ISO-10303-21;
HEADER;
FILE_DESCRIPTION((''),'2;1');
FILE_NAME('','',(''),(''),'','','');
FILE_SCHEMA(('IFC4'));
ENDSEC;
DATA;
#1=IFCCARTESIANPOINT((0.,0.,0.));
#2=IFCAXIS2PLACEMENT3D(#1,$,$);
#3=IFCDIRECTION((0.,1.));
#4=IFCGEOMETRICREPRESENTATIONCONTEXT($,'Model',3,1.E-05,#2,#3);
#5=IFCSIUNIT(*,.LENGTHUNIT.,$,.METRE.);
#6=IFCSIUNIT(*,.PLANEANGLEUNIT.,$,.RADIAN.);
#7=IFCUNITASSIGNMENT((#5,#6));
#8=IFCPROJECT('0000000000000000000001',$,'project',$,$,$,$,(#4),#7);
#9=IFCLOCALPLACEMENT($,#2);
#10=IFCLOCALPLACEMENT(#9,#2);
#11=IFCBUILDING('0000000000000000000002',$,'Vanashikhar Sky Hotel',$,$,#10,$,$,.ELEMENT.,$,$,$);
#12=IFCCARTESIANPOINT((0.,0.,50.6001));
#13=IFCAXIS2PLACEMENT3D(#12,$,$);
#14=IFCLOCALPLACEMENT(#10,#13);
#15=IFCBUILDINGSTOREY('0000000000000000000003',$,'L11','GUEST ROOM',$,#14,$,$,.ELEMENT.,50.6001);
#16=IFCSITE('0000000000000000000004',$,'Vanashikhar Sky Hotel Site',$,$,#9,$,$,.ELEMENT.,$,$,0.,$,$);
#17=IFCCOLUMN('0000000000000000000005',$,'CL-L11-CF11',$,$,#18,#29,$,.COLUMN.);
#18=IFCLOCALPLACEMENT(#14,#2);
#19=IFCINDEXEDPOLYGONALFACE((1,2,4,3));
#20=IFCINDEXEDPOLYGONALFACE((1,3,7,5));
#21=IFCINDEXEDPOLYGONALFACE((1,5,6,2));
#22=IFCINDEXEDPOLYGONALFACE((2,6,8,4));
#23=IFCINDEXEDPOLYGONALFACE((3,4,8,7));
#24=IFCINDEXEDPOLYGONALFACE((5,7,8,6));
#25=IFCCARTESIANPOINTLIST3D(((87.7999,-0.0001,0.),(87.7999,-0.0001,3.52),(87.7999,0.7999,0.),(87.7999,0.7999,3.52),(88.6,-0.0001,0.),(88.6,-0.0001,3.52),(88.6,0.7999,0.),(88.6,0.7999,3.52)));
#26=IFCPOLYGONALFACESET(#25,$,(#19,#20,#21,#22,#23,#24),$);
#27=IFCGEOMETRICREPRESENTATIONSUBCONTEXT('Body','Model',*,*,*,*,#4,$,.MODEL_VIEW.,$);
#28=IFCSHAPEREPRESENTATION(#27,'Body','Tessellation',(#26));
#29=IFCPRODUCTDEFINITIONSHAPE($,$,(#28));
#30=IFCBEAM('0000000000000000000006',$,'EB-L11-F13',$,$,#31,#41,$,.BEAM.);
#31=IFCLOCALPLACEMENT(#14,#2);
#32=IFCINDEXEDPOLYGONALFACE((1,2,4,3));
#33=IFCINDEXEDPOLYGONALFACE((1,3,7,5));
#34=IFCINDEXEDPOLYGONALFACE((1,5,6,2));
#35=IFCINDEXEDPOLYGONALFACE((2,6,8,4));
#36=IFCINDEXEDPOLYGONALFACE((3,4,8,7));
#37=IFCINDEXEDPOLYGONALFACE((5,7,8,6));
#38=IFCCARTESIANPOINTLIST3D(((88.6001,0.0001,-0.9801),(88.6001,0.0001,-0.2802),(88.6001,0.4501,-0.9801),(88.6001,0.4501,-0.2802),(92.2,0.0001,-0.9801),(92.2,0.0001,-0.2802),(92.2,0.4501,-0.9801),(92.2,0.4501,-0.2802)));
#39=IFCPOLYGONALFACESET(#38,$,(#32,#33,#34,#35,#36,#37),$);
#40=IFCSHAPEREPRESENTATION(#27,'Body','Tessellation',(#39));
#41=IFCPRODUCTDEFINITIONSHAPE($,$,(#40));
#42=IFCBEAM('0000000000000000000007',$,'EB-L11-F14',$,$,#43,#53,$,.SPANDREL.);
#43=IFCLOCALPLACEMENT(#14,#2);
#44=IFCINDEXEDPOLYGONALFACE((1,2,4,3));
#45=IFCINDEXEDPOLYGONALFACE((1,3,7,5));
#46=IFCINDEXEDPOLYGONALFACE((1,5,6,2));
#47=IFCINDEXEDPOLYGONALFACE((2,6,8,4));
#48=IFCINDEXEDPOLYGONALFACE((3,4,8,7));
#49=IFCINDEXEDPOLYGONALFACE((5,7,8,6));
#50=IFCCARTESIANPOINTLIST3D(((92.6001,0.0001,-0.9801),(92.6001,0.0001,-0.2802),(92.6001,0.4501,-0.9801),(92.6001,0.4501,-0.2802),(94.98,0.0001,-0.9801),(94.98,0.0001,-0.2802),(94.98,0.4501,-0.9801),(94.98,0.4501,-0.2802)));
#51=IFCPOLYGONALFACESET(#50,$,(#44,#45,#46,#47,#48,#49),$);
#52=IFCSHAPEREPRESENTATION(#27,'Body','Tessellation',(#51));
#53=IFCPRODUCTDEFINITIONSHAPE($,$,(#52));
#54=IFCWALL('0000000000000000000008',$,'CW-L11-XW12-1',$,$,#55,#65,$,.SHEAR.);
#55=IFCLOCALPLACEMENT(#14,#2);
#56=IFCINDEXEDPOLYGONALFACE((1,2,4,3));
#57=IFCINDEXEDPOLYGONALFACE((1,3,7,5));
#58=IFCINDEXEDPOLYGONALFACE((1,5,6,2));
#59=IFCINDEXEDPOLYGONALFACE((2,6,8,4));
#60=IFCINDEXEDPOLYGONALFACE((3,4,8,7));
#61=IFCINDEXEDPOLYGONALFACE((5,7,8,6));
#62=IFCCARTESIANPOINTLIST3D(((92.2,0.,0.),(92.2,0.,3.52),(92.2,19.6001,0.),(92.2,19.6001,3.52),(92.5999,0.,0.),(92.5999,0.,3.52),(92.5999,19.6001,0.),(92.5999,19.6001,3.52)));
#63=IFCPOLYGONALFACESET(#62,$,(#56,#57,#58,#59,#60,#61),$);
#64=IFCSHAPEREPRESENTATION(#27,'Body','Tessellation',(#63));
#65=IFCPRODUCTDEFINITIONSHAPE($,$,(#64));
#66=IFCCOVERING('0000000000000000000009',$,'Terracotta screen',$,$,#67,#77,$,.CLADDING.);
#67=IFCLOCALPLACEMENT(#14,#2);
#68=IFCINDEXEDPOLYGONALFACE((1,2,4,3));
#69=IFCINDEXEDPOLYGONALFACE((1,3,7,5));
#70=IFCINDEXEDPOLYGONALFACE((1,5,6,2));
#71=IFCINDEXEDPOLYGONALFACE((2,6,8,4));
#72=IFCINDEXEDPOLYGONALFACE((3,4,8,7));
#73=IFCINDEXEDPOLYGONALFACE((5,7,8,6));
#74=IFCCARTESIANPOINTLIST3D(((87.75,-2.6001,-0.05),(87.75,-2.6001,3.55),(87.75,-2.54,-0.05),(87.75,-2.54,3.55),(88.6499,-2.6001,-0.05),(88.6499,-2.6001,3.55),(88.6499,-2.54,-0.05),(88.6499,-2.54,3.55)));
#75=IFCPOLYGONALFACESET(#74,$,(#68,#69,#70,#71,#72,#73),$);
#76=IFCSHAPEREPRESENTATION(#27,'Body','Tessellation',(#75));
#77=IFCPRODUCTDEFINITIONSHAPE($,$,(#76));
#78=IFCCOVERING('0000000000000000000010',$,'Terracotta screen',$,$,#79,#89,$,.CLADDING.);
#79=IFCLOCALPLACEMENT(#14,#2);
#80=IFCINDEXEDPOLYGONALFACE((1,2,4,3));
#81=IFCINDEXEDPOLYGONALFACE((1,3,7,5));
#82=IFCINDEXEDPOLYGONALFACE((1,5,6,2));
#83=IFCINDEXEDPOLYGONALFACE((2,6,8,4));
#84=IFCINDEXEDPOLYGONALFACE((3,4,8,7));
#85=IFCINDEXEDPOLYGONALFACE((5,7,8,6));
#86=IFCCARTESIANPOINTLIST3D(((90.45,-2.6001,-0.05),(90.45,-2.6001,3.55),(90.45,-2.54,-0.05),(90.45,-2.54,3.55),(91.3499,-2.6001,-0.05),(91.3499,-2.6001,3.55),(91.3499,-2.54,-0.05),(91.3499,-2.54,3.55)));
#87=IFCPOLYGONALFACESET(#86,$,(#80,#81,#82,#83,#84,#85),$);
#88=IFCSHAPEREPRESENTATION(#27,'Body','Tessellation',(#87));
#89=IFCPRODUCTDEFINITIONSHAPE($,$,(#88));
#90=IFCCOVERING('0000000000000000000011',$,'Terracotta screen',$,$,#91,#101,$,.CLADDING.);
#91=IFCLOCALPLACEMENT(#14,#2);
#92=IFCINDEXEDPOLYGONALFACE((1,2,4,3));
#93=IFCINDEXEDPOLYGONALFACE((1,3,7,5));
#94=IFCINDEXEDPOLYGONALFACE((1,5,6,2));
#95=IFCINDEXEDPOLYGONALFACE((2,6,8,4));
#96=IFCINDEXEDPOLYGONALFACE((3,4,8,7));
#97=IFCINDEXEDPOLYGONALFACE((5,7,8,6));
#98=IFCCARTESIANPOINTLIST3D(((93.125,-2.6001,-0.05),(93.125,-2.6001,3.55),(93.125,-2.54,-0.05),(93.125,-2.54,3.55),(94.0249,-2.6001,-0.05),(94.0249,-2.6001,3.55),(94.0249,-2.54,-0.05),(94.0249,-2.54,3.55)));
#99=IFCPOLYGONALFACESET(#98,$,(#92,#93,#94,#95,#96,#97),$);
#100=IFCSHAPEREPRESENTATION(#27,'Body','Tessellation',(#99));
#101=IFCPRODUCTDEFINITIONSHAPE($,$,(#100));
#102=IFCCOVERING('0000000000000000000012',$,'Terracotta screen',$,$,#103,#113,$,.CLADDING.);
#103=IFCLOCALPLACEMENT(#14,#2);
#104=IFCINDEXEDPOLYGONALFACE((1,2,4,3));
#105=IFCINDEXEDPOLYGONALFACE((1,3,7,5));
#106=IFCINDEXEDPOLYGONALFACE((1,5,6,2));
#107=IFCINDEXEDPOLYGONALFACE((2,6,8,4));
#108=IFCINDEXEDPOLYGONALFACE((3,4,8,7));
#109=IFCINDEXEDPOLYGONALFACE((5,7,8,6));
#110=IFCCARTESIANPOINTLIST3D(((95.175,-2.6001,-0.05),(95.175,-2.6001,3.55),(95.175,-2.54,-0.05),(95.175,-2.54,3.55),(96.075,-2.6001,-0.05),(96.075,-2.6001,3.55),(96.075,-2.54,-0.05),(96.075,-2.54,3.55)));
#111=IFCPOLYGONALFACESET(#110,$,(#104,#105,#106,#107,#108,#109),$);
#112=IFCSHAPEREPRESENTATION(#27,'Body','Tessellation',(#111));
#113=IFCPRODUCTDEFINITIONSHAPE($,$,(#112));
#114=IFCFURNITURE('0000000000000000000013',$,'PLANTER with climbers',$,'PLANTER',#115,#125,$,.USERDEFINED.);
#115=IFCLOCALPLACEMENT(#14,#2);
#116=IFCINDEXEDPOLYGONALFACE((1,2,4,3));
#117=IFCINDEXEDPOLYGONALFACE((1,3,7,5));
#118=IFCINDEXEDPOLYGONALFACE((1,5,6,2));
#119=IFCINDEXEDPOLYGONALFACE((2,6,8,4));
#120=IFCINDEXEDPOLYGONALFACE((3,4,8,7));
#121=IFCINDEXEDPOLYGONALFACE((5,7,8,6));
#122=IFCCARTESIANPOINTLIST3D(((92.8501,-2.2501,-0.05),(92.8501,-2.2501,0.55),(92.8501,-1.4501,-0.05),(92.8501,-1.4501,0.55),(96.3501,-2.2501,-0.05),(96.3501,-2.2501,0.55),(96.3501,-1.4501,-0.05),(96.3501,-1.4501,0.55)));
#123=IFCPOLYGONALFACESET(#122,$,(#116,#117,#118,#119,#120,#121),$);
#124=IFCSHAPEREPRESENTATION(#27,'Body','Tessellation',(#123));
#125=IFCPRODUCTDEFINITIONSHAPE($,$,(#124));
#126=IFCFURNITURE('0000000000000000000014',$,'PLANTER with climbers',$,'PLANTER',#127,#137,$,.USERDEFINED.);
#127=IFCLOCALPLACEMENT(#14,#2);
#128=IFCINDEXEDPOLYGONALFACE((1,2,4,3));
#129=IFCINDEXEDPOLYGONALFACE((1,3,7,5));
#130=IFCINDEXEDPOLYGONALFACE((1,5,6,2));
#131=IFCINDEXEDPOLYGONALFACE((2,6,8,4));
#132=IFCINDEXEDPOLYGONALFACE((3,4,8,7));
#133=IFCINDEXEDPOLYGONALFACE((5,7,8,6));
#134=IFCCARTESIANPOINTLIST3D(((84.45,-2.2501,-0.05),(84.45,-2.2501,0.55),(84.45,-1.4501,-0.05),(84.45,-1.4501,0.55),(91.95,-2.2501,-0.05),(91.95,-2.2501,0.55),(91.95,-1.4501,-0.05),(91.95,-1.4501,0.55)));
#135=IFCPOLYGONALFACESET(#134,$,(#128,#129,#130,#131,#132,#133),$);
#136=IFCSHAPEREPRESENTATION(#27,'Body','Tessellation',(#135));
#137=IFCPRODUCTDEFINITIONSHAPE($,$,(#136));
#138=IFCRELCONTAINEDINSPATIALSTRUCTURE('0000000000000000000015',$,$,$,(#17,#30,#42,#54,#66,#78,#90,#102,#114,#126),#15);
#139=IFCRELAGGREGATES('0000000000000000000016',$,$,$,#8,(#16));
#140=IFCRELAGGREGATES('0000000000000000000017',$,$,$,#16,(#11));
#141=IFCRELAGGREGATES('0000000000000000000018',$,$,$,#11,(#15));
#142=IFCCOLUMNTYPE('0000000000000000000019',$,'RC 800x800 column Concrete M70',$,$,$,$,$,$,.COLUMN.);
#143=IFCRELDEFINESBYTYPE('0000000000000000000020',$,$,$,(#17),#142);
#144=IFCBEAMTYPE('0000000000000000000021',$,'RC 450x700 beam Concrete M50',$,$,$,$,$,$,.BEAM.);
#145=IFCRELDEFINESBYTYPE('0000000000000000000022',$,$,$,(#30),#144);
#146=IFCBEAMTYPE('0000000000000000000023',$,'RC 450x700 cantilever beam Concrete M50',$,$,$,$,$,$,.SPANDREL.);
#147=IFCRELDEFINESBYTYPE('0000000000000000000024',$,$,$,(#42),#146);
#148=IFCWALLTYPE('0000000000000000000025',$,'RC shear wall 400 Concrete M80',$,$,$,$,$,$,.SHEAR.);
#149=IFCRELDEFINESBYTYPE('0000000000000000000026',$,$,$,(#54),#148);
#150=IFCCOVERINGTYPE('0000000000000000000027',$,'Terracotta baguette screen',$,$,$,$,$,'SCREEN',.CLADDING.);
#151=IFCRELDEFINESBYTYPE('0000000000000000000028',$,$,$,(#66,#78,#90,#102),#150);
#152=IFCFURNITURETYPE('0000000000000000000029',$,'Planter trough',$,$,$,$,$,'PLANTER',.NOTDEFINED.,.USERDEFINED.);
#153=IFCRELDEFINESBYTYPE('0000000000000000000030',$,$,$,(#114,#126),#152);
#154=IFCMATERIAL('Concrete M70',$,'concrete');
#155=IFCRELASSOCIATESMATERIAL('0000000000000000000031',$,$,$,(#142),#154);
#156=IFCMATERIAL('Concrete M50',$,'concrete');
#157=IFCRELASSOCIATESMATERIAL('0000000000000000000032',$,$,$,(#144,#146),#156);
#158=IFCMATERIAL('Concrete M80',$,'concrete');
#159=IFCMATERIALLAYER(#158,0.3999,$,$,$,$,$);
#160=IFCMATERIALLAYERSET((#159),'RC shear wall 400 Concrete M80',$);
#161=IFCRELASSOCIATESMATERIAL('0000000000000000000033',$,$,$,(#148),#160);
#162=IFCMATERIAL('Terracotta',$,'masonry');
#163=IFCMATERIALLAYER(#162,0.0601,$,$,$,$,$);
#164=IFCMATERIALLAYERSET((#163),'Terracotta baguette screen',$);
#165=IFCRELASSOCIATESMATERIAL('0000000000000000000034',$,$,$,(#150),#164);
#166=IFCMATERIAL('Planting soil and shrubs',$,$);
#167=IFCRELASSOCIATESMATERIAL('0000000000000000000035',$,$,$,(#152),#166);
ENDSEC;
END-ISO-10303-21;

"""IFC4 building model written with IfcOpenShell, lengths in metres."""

from ifc_helpers import new_model, si_unit, direction, frame, frame_2d, origin, origin_2d, place, context, subcontext, project, spatial, rectangle, extrude, source, transform, mapped, material, layer, layer_set, material_profile, profile_set, type_object, element, save


model = new_model("IFC4")

# Units and contexts
model_context = context("Model", 3, precision=1e-05, world=origin(), true_north=direction((0.0, 1.0)))
body_context = subcontext(model_context, "Body", "Model", "MODEL_VIEW")
ifc_project = project(units=[si_unit("LENGTHUNIT", "METRE"), si_unit("PLANEANGLEUNIT", "RADIAN")], contexts=[model_context])

# Site, building, storey
site_placement = place(None, origin())
site = spatial("IfcSite", under=ifc_project, at=site_placement, Name="Vanashikhar Sky Hotel Site", CompositionType="ELEMENT", RefElevation=0.0)
building_placement = place(site_placement, origin())
building = spatial("IfcBuilding", under=site, at=building_placement, Name="Vanashikhar Sky Hotel", CompositionType="ELEMENT")
storey_placement = place(building_placement, frame((0.0, 0.0, 50.6001)))
storey = spatial("IfcBuildingStorey", under=building, at=storey_placement, Name="L11", Description="GUEST ROOM", CompositionType="ELEMENT", Elevation=50.6001)

# Column
ifc_material_1 = material(Name="Concrete M70", Category="concrete")
ifc_material_profile_1 = material_profile(ifc_material_1, rectangle(XDim=0.8, YDim=0.8, at=origin_2d()))
ifc_profile_set_1 = profile_set([ifc_material_profile_1], Name="RC 800x800 column Concrete M70")
column_type = type_object("IfcColumnType", Name="RC 800x800 column Concrete M70", PredefinedType="COLUMN", material=ifc_profile_set_1)
shared_shape_1 = source(origin(), body_context, "Body", "SweptSolid", [
    extrude(rectangle(XDim=0.8, YDim=0.8, at=origin_2d()), origin(), (0.0, 0.0, 1.0), 3.52),
])
column_placement = place(storey_placement, frame((88.2, 0.3999, 0.0), z_axis=(0.0, 0.0, 1.0), x_axis=(1.0, 0.0, 0.0)))
element("IfcColumn", 1, at=column_placement, inside=storey, type_object=column_type, Name="CL-L11-CF11", PredefinedType="COLUMN", context=body_context, shape_type="MappedRepresentation", body=[
    mapped(shared_shape_1, transform((0.0, 0.0, 0.0), scale=1.0)),
])

# Beams
ifc_material_2 = material(Name="Concrete M50", Category="concrete")
ifc_material_profile_2 = material_profile(ifc_material_2, rectangle(XDim=0.45, YDim=0.7, at=origin_2d()))
ifc_profile_set_2 = profile_set([ifc_material_profile_2], Name="RC 450x700 beam Concrete M50")
beam_type_1 = type_object("IfcBeamType", Name="RC 450x700 beam Concrete M50", PredefinedType="BEAM", material=ifc_profile_set_2)
shared_shape_2 = source(origin(), body_context, "Body", "SweptSolid", [
    extrude(rectangle(XDim=0.45, YDim=0.7, at=origin_2d()), origin(), (0.0, 0.0, 1.0), 3.5999),
])
beam_1_placement = place(storey_placement, frame((88.6001, 0.2251, -0.6301), z_axis=(1.0, 0.0, 0.0), x_axis=(0.0, 1.0, 0.0)))
element("IfcBeam", 2, at=beam_1_placement, inside=storey, type_object=beam_type_1, Name="EB-L11-F13", PredefinedType="BEAM", context=body_context, shape_type="MappedRepresentation", body=[
    mapped(shared_shape_2, transform((0.0, 0.0, 0.0), scale=1.0)),
])
ifc_material_profile_3 = material_profile(ifc_material_2, rectangle(XDim=0.45, YDim=0.7, at=origin_2d()))
ifc_profile_set_3 = profile_set([ifc_material_profile_3], Name="RC 450x700 cantilever beam Concrete M50")
beam_type_2 = type_object("IfcBeamType", Name="RC 450x700 cantilever beam Concrete M50", PredefinedType="SPANDREL", material=ifc_profile_set_3)
shared_shape_3 = source(origin(), body_context, "Body", "SweptSolid", [
    extrude(rectangle(XDim=0.45, YDim=0.7, at=origin_2d()), origin(), (0.0, 0.0, 1.0), 2.3799),
])
beam_2_placement = place(storey_placement, frame((92.6001, 0.2251, -0.6301), z_axis=(1.0, 0.0, 0.0), x_axis=(0.0, 1.0, 0.0)))
element("IfcBeam", 3, at=beam_2_placement, inside=storey, type_object=beam_type_2, Name="EB-L11-F14", PredefinedType="SPANDREL", context=body_context, shape_type="MappedRepresentation", body=[
    mapped(shared_shape_3, transform((0.0, 0.0, 0.0), scale=1.0)),
])

# Wall
ifc_material_3 = material(Name="Concrete M80", Category="concrete")
ifc_layer_1 = layer(ifc_material_3, 0.3999)
ifc_layer_set_1 = layer_set([ifc_layer_1], Name="RC shear wall 400 Concrete M80")
wall_type_1 = type_object("IfcWallType", Name="RC shear wall 400 Concrete M80", PredefinedType="SHEAR", material=ifc_layer_set_1)
shared_shape_4 = source(origin(), body_context, "Body", "SweptSolid", [
    extrude(rectangle(XDim=19.6001, YDim=0.3999, at=frame_2d((9.8, 0.0))), origin(), (0.0, 0.0, 1.0), 3.52),
])
wall_1_placement = place(storey_placement, frame((92.3999, 0.0, 0.0), z_axis=(0.0, 0.0, 1.0), x_axis=(0.0, 1.0, 0.0)))
element("IfcWall", 4, at=wall_1_placement, inside=storey, type_object=wall_type_1, Name="CW-L11-XW12-1", PredefinedType="SHEAR", context=body_context, shape_type="MappedRepresentation", body=[
    mapped(shared_shape_4, transform((0.0, 0.0, 0.0), scale=1.0)),
])

# Coverings
ifc_material_4 = material(Name="Terracotta", Category="masonry")
ifc_layer_2 = layer(ifc_material_4, 0.0601)
ifc_layer_set_2 = layer_set([ifc_layer_2], Name="Terracotta baguette screen")
covering_type = type_object("IfcCoveringType", Name="Terracotta baguette screen", ElementType="SCREEN", PredefinedType="CLADDING", material=ifc_layer_set_2)
shared_shape_5 = source(origin(), body_context, "Body", "SweptSolid", [
    extrude(rectangle(XDim=0.8999, YDim=0.0601, at=origin_2d()), origin(), (0.0, 0.0, 1.0), 3.6001),
])
for number, where, z_axis, x_axis, name in (
    (5, (88.2, -2.5701, -0.05), (0.0, 0.0, 1.0), (1.0, 0.0, 0.0), "Terracotta screen"),
    (6, (90.8999, -2.5701, -0.05), (0.0, 0.0, 1.0), (1.0, 0.0, 0.0), "Terracotta screen"),
    (7, (93.575, -2.5701, -0.05), (0.0, 0.0, 1.0), (1.0, 0.0, 0.0), "Terracotta screen"),
    (8, (95.625, -2.5701, -0.05), (0.0, 0.0, 1.0), (1.0, 0.0, 0.0), "Terracotta screen"),
):
    element("IfcCovering", number, at=place(storey_placement, frame(where, z_axis=z_axis, x_axis=x_axis)), inside=storey, type_object=covering_type, Name=name, PredefinedType="CLADDING", context=body_context, shape_type="MappedRepresentation", body=[
        mapped(shared_shape_5, transform((0.0, 0.0, 0.0), scale=1.0)),
    ])

# Furniture
ifc_material_5 = material(Name="Planting soil and shrubs")
furniture_type = type_object("IfcFurnitureType", Name="Planter trough", ElementType="PLANTER", AssemblyPlace="NOTDEFINED", PredefinedType="USERDEFINED", material=ifc_material_5)
shared_shape_6 = source(origin(), body_context, "Body", "SweptSolid", [
    extrude(rectangle(XDim=3.5, YDim=0.8, at=origin_2d()), origin(), (0.0, 0.0, 1.0), 0.6001),
])
furniture_1_placement = place(storey_placement, frame((94.6001, -1.8501, -0.05), z_axis=(0.0, 0.0, 1.0), x_axis=(1.0, 0.0, 0.0)))
element("IfcFurniture", 9, at=furniture_1_placement, inside=storey, type_object=furniture_type, Name="PLANTER with climbers", ObjectType="PLANTER", PredefinedType="USERDEFINED", context=body_context, shape_type="MappedRepresentation", body=[
    mapped(shared_shape_6, transform((0.0, 0.0, 0.0), scale=1.0)),
])
shared_shape_7 = source(origin(), body_context, "Body", "SweptSolid", [
    extrude(rectangle(XDim=7.5, YDim=0.8, at=origin_2d()), origin(), (0.0, 0.0, 1.0), 0.6001),
])
furniture_2_placement = place(storey_placement, frame((88.2, -1.8501, -0.05), z_axis=(0.0, 0.0, 1.0), x_axis=(1.0, 0.0, 0.0)))
element("IfcFurniture", 10, at=furniture_2_placement, inside=storey, type_object=furniture_type, Name="PLANTER with climbers", ObjectType="PLANTER", PredefinedType="USERDEFINED", context=body_context, shape_type="MappedRepresentation", body=[
    mapped(shared_shape_7, transform((0.0, 0.0, 0.0), scale=1.0)),
])

save(model, "model.ifc")
